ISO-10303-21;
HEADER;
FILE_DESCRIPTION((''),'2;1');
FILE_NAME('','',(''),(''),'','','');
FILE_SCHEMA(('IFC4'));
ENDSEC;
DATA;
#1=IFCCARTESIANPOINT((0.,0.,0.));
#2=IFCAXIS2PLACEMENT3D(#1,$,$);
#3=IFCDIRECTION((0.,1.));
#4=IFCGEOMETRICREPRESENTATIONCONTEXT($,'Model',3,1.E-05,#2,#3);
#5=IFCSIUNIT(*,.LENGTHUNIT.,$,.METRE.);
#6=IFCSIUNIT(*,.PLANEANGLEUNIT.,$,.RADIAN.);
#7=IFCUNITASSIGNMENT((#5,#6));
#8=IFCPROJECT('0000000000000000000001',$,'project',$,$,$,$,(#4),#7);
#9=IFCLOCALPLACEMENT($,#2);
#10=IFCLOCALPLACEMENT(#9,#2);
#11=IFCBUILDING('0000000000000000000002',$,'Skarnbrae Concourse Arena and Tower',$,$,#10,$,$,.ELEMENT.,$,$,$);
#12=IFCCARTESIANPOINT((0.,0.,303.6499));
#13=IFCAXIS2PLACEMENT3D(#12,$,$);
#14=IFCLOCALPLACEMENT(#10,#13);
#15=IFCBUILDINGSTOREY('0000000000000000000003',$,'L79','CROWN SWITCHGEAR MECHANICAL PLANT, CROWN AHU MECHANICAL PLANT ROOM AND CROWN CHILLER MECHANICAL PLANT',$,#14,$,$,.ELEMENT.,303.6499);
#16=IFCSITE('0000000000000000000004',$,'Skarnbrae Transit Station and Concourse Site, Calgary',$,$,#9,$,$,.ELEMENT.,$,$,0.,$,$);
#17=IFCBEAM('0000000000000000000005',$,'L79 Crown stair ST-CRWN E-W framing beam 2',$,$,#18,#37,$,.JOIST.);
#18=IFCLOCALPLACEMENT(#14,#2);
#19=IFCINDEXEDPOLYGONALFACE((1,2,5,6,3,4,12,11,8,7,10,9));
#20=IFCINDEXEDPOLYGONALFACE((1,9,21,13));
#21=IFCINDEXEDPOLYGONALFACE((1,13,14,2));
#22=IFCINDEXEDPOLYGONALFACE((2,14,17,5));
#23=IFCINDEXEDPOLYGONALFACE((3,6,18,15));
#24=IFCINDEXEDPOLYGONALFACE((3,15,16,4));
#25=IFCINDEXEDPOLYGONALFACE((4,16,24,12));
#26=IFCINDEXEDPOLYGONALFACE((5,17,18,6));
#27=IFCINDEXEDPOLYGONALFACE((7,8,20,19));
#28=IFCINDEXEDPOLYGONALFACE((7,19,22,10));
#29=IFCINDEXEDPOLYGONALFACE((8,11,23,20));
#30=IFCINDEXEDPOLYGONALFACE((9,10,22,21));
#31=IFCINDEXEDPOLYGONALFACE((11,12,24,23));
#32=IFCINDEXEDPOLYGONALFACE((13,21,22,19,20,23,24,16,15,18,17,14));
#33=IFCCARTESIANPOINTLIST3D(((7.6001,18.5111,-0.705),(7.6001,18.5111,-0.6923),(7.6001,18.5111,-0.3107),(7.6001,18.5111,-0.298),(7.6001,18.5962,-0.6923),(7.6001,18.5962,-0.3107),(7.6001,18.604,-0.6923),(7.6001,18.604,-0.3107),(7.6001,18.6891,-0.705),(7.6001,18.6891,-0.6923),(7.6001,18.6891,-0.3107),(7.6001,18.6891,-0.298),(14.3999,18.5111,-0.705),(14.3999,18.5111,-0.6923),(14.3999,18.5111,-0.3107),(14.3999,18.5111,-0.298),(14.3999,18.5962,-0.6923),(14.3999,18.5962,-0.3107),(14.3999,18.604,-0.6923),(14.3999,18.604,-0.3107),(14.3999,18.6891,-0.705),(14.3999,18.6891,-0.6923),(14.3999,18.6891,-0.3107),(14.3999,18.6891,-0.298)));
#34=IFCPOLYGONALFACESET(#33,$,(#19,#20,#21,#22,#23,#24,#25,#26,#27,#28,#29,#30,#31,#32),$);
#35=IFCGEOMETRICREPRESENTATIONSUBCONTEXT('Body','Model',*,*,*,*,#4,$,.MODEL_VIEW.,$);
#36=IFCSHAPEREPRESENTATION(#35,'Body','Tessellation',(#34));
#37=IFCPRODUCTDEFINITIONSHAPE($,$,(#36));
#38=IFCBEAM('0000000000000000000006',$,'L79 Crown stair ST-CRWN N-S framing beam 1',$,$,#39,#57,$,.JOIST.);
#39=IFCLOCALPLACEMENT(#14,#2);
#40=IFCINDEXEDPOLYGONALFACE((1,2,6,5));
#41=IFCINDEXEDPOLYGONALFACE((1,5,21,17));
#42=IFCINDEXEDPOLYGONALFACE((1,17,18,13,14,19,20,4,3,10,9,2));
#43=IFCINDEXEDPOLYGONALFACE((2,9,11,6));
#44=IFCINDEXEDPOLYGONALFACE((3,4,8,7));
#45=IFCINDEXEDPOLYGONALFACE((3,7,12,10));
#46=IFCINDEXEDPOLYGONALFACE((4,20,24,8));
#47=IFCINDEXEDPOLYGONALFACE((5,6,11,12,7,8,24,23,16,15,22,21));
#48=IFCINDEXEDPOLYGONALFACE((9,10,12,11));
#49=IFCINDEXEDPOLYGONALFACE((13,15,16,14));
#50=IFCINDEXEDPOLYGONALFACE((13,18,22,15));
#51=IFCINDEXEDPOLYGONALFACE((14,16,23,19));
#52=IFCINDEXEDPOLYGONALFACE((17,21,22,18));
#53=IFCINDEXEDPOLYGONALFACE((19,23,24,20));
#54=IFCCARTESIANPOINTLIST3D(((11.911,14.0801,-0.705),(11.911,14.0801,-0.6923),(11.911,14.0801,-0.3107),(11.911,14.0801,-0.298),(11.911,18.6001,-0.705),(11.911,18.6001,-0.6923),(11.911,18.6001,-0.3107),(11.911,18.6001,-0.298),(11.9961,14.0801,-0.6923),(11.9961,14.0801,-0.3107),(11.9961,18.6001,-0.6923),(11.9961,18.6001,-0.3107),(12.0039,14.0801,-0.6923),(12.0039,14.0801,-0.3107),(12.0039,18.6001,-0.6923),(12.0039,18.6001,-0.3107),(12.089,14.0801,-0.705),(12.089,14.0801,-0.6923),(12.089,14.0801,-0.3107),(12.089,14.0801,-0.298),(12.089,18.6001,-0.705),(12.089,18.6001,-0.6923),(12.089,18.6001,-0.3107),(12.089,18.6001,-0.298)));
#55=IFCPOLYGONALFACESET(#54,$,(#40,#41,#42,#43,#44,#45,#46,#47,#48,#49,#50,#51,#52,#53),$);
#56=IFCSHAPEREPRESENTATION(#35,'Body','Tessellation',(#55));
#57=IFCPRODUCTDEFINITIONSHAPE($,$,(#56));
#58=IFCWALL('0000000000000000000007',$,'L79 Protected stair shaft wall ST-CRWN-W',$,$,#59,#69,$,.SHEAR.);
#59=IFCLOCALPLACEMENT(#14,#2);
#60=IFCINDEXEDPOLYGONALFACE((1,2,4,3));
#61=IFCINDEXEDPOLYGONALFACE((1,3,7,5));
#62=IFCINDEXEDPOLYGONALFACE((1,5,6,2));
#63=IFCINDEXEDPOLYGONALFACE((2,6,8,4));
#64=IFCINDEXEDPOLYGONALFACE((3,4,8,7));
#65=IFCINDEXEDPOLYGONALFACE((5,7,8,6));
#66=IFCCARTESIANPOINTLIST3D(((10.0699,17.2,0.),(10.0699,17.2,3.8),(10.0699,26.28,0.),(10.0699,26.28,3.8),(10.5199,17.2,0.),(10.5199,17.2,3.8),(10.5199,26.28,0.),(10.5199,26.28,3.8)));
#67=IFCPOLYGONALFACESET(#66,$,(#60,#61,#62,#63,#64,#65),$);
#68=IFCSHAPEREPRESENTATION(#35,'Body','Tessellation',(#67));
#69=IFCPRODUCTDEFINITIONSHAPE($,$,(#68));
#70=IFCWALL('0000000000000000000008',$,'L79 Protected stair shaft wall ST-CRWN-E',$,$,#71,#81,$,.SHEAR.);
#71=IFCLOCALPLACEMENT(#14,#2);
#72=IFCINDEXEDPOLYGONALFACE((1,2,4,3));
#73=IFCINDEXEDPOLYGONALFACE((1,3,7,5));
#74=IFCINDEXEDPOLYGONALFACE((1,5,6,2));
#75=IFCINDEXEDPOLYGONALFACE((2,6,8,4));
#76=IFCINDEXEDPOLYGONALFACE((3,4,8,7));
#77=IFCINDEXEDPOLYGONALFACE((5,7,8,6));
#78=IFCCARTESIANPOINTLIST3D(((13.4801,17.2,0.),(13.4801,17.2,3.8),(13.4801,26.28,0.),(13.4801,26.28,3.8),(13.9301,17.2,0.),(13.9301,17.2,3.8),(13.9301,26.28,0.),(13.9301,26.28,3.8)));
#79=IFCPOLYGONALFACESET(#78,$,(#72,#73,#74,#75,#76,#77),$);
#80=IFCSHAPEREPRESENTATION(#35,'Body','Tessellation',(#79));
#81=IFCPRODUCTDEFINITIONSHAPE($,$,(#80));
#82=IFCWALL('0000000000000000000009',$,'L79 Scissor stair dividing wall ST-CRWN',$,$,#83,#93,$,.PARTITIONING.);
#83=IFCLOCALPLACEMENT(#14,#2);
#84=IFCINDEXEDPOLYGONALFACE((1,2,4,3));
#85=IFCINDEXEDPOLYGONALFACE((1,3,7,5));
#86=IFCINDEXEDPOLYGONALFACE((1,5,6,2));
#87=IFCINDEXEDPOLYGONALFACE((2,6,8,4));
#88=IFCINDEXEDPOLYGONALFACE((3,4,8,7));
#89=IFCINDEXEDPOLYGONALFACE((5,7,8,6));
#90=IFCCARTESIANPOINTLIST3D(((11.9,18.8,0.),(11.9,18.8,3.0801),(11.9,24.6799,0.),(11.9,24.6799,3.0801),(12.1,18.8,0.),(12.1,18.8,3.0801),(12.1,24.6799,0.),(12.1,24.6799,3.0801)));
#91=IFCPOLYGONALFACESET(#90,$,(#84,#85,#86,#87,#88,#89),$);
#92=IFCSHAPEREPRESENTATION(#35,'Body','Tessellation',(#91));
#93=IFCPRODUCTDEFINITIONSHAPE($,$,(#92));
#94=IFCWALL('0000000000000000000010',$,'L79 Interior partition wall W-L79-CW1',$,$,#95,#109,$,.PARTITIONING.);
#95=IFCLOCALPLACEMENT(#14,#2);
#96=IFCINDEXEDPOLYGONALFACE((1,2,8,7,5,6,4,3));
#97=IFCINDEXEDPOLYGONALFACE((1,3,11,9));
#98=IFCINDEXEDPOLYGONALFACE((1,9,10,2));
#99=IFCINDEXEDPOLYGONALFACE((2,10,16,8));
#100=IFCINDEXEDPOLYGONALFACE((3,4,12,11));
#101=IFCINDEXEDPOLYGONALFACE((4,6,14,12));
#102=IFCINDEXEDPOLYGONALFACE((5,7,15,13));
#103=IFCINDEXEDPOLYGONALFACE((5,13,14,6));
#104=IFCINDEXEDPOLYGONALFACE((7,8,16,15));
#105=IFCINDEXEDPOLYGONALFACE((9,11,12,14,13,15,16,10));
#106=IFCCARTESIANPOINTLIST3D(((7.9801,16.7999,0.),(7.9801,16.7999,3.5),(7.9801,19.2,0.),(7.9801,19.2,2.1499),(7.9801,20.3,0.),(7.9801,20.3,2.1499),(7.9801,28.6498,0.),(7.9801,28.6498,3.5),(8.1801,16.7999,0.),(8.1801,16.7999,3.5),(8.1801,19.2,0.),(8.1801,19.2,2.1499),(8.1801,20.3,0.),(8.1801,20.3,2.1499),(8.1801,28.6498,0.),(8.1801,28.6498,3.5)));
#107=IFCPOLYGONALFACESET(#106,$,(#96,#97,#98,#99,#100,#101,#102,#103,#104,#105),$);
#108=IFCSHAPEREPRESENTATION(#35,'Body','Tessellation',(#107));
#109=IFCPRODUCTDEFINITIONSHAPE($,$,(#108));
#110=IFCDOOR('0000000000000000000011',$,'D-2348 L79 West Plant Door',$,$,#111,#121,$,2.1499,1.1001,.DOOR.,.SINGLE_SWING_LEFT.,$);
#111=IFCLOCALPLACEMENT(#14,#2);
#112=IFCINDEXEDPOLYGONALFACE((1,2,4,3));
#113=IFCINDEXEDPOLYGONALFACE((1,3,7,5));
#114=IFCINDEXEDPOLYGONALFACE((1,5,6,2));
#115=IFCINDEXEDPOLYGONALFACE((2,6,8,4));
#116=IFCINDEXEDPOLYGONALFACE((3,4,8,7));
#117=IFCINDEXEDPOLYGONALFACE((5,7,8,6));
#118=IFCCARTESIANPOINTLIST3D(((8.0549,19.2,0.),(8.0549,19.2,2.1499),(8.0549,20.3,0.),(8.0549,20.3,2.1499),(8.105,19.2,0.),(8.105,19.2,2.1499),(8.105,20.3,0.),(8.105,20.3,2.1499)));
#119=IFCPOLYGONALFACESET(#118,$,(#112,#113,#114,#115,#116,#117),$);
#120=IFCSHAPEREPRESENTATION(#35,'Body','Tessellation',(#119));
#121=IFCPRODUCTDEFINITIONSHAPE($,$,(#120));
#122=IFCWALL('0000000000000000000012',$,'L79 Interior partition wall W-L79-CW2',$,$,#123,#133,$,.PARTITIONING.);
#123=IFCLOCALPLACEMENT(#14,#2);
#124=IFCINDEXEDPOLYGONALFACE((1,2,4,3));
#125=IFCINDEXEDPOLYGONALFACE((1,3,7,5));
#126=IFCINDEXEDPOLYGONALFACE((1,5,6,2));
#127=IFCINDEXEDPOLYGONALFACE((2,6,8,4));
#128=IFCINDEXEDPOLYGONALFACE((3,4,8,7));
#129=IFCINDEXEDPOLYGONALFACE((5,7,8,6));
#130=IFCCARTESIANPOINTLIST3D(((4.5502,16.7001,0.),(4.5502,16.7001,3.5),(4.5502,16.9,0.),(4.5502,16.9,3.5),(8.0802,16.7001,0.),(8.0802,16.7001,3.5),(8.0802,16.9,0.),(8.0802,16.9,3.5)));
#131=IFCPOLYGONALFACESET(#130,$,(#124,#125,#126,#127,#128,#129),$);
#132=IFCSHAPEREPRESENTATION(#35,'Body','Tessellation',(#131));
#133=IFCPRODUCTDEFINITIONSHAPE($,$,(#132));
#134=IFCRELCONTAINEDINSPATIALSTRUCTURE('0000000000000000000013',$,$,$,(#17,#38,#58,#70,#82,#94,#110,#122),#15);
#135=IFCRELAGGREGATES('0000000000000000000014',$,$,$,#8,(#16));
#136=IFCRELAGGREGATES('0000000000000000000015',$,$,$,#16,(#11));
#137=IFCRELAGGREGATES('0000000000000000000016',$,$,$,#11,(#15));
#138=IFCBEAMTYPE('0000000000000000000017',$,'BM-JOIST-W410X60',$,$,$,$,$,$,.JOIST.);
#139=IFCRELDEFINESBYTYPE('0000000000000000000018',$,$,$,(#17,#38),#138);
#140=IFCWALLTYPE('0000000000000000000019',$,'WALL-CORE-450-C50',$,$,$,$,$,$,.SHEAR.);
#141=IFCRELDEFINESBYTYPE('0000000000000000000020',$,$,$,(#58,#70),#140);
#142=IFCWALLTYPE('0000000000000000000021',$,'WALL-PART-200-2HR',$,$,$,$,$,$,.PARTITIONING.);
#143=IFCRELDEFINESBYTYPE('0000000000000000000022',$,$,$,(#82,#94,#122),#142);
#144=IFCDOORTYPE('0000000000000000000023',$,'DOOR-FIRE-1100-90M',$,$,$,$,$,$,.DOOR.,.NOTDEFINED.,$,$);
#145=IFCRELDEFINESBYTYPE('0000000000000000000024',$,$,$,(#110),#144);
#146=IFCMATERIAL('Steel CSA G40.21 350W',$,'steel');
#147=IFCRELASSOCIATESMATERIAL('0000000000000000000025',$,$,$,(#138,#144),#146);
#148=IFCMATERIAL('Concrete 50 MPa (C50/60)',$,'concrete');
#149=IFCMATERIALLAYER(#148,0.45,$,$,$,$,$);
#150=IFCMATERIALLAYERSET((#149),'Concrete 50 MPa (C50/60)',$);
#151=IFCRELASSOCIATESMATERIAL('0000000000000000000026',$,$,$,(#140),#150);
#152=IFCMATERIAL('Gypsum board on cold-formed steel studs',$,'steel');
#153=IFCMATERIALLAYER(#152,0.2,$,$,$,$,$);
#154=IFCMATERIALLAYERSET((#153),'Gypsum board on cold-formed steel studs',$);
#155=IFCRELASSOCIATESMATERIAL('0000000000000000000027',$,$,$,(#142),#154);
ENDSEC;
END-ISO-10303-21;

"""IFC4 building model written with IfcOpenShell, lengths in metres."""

from ifc_helpers import new_model, si_unit, direction, frame, frame_2d, origin, origin_2d, place, context, subcontext, project, spatial, rectangle, i_section, extrude, source, transform, mapped, material, layer, layer_set, material_profile, profile_set, type_object, element, fill, save


model = new_model("IFC4")

# Units and contexts
model_context = context("Model", 3, precision=1e-05, world=origin(), true_north=direction((0.0, 1.0)))
body_context = subcontext(model_context, "Body", "Model", "MODEL_VIEW")
ifc_project = project(units=[si_unit("LENGTHUNIT", "METRE"), si_unit("PLANEANGLEUNIT", "RADIAN")], contexts=[model_context])

# Site, building, storey
site_placement = place(None, origin())
site = spatial("IfcSite", under=ifc_project, at=site_placement, Name="Skarnbrae Transit Station and Concourse Site, Calgary", CompositionType="ELEMENT", RefElevation=0.0)
building_placement = place(site_placement, origin())
building = spatial("IfcBuilding", under=site, at=building_placement, Name="Skarnbrae Concourse Arena and Tower", CompositionType="ELEMENT")
storey_placement = place(building_placement, frame((0.0, 0.0, 303.6499)))
storey = spatial("IfcBuildingStorey", under=building, at=storey_placement, Name="L79", Description="CROWN SWITCHGEAR MECHANICAL PLANT, CROWN AHU MECHANICAL PLANT ROOM AND CROWN CHILLER MECHANICAL PLANT", CompositionType="ELEMENT", Elevation=303.6499)

# Shared definitions
ifc_material_1 = material(Name="Steel CSA G40.21 350W", Category="steel")

# Beams
ifc_material_profile_1 = material_profile(ifc_material_1, i_section(OverallWidth=0.178, OverallDepth=0.407, WebThickness=0.0078, FlangeThickness=0.0127, at=origin_2d()), Name="W410X60")
ifc_profile_set_1 = profile_set([ifc_material_profile_1], Name="Steel CSA G40.21 350W")
beam_type_1 = type_object("IfcBeamType", Name="BM-JOIST-W410X60", PredefinedType="JOIST", material=ifc_profile_set_1)
shared_shape_1 = source(origin(), body_context, "Body", "SweptSolid", [
    extrude(i_section(OverallWidth=0.178, OverallDepth=0.407, WebThickness=0.0078, FlangeThickness=0.0127, at=origin_2d()), origin(), (0.0, 0.0, 1.0), 6.7998),
])
for number, where, z_axis, x_axis, name in (
    (1, (7.6001, 18.6001, -0.5015), (1.0, 0.0, 0.0), (0.0, 1.0, 0.0), "L79 Crown stair ST-CRWN E-W framing beam 2"),
):
    element("IfcBeam", number, at=place(storey_placement, frame(where, z_axis=z_axis, x_axis=x_axis)), inside=storey, type_object=beam_type_1, Name=name, PredefinedType="JOIST", context=body_context, shape_type="MappedRepresentation", body=[
        mapped(shared_shape_1, transform((0.0, 0.0, 0.0))),
    ])
shared_shape_2 = source(origin(), body_context, "Body", "SweptSolid", [
    extrude(i_section(OverallWidth=0.178, OverallDepth=0.407, WebThickness=0.0078, FlangeThickness=0.0127, at=origin_2d()), origin(), (0.0, 0.0, 1.0), 4.52),
])
beam_1_placement = place(storey_placement, frame((12.0, 14.0801, -0.5015), z_axis=(0.0, 1.0, 0.0), x_axis=(-1.0, 0.0, 0.0)))
element("IfcBeam", 2, at=beam_1_placement, inside=storey, type_object=beam_type_1, Name="L79 Crown stair ST-CRWN N-S framing beam 1", PredefinedType="JOIST", context=body_context, shape_type="MappedRepresentation", body=[
    mapped(shared_shape_2, transform((0.0, 0.0, 0.0))),
])

# Shared definitions
ifc_material_2 = material(Name="Concrete 50 MPa (C50/60)", Category="concrete")
ifc_layer_1 = layer(ifc_material_2, 0.45)
ifc_layer_set_1 = layer_set([ifc_layer_1], Name="Concrete 50 MPa (C50/60)")
wall_type_1 = type_object("IfcWallType", Name="WALL-CORE-450-C50", PredefinedType="SHEAR", material=ifc_layer_set_1)
door_type = type_object("IfcDoorType", Name="DOOR-FIRE-1100-90M", OperationType="NOTDEFINED", PredefinedType="DOOR", material=ifc_material_1)
shared_shape_3 = source(origin(), body_context, "Body", "SweptSolid", [
    extrude(rectangle(XDim=1.1001, YDim=2.1499, at=frame_2d((0.55, 1.075))), frame((0.0, 0.0249, 0.0), z_axis=(0.0, -1.0, 0.0), x_axis=(1.0, 0.0, 0.0)), (0.0, 0.0, 1.0), 0.05),
])

# Walls
shared_shape_4 = source(origin(), body_context, "Body", "SweptSolid", [
    extrude(rectangle(XDim=9.0801, YDim=0.45, at=frame_2d((4.54, 0.0))), origin(), (0.0, 0.0, 1.0), 3.8),
])
for number, where, z_axis, x_axis, name in (
    (3, (10.2949, 17.2, 0.0), (0.0, 0.0, 1.0), (0.0, 1.0, 0.0), "L79 Protected stair shaft wall ST-CRWN-W"),
    (4, (13.7051, 17.2, 0.0), (0.0, 0.0, 1.0), (0.0, 1.0, 0.0), "L79 Protected stair shaft wall ST-CRWN-E"),
):
    element("IfcWall", number, at=place(storey_placement, frame(where, z_axis=z_axis, x_axis=x_axis)), inside=storey, type_object=wall_type_1, Name=name, PredefinedType="SHEAR", context=body_context, shape_type="MappedRepresentation", body=[
        mapped(shared_shape_4, transform((0.0, 0.0, 0.0))),
    ])
ifc_material_3 = material(Name="Gypsum board on cold-formed steel studs", Category="steel")
ifc_layer_2 = layer(ifc_material_3, 0.2)
ifc_layer_set_2 = layer_set([ifc_layer_2], Name="Gypsum board on cold-formed steel studs")
wall_type_2 = type_object("IfcWallType", Name="WALL-PART-200-2HR", PredefinedType="PARTITIONING", material=ifc_layer_set_2)
shared_shape_5 = source(origin(), body_context, "Body", "SweptSolid", [
    extrude(rectangle(XDim=5.8799, YDim=0.2, at=frame_2d((2.9399, 0.0))), origin(), (0.0, 0.0, 1.0), 3.0801),
])
wall_1_placement = place(storey_placement, frame((12.0, 18.8, 0.0), z_axis=(0.0, 0.0, 1.0), x_axis=(0.0, 1.0, 0.0)))
element("IfcWall", 5, at=wall_1_placement, inside=storey, type_object=wall_type_2, Name="L79 Scissor stair dividing wall ST-CRWN", PredefinedType="PARTITIONING", context=body_context, shape_type="MappedRepresentation", body=[
    mapped(shared_shape_5, transform((0.0, 0.0, 0.0))),
])

# Wall, opening, door
shared_shape_6 = source(origin(), body_context, "Body", "SweptSolid", [
    extrude(rectangle(XDim=11.8499, YDim=0.2, at=frame_2d((5.9248, 0.0))), origin(), (0.0, 0.0, 1.0), 3.5),
])
wall_2_placement = place(storey_placement, frame((8.0801, 16.8, 0.0), z_axis=(0.0, 0.0, 1.0), x_axis=(0.0, 1.0, 0.0)))
wall_2 = element("IfcWall", 6, at=wall_2_placement, inside=storey, type_object=wall_type_2, Name="L79 Interior partition wall W-L79-CW1", PredefinedType="PARTITIONING", context=body_context, shape_type="MappedRepresentation", body=[
    mapped(shared_shape_6, transform((0.0, 0.0, 0.0))),
])
opening_1_placement = place(wall_2_placement, frame((2.3999, 0.0, 0.0)))
opening_1 = element("IfcOpeningElement", 7, at=opening_1_placement, cuts=wall_2, PredefinedType="OPENING", context=body_context, shape_type="SweptSolid", body=[
    extrude(rectangle(XDim=1.1001, YDim=2.1499, at=frame_2d((0.55, 1.075))), frame((0.0, 0.1099, 0.0), z_axis=(0.0, -1.0, 0.0), x_axis=(1.0, 0.0, 0.0)), (0.0, 0.0, 1.0), 0.22),
])
door_1_placement = place(opening_1_placement, frame((1.1001, 0.0, 0.0), z_axis=(0.0, 0.0, 1.0), x_axis=(-1.0, 0.0, 0.0)))
door_1 = element("IfcDoor", 8, at=door_1_placement, inside=storey, type_object=door_type, Name="D-2348 L79 West Plant Door", OperationType="SINGLE_SWING_LEFT", OverallHeight=2.1499, OverallWidth=1.1001, PredefinedType="DOOR", context=body_context, shape_type="MappedRepresentation", body=[
    mapped(shared_shape_3, transform((0.0, 0.0, 0.0))),
])
fill(opening_1, door_1)

# Wall
shared_shape_7 = source(origin(), body_context, "Body", "SweptSolid", [
    extrude(rectangle(XDim=3.53, YDim=0.2, at=frame_2d((1.7651, 0.0))), origin(), (0.0, 0.0, 1.0), 3.5),
])
wall_3_placement = place(storey_placement, frame((4.55, 16.8, 0.0), z_axis=(0.0, 0.0, 1.0), x_axis=(1.0, 0.0, 0.0)))
element("IfcWall", 9, at=wall_3_placement, inside=storey, type_object=wall_type_2, Name="L79 Interior partition wall W-L79-CW2", PredefinedType="PARTITIONING", context=body_context, shape_type="MappedRepresentation", body=[
    mapped(shared_shape_7, transform((0.0, 0.0, 0.0))),
])

save(model, "model.ifc")
